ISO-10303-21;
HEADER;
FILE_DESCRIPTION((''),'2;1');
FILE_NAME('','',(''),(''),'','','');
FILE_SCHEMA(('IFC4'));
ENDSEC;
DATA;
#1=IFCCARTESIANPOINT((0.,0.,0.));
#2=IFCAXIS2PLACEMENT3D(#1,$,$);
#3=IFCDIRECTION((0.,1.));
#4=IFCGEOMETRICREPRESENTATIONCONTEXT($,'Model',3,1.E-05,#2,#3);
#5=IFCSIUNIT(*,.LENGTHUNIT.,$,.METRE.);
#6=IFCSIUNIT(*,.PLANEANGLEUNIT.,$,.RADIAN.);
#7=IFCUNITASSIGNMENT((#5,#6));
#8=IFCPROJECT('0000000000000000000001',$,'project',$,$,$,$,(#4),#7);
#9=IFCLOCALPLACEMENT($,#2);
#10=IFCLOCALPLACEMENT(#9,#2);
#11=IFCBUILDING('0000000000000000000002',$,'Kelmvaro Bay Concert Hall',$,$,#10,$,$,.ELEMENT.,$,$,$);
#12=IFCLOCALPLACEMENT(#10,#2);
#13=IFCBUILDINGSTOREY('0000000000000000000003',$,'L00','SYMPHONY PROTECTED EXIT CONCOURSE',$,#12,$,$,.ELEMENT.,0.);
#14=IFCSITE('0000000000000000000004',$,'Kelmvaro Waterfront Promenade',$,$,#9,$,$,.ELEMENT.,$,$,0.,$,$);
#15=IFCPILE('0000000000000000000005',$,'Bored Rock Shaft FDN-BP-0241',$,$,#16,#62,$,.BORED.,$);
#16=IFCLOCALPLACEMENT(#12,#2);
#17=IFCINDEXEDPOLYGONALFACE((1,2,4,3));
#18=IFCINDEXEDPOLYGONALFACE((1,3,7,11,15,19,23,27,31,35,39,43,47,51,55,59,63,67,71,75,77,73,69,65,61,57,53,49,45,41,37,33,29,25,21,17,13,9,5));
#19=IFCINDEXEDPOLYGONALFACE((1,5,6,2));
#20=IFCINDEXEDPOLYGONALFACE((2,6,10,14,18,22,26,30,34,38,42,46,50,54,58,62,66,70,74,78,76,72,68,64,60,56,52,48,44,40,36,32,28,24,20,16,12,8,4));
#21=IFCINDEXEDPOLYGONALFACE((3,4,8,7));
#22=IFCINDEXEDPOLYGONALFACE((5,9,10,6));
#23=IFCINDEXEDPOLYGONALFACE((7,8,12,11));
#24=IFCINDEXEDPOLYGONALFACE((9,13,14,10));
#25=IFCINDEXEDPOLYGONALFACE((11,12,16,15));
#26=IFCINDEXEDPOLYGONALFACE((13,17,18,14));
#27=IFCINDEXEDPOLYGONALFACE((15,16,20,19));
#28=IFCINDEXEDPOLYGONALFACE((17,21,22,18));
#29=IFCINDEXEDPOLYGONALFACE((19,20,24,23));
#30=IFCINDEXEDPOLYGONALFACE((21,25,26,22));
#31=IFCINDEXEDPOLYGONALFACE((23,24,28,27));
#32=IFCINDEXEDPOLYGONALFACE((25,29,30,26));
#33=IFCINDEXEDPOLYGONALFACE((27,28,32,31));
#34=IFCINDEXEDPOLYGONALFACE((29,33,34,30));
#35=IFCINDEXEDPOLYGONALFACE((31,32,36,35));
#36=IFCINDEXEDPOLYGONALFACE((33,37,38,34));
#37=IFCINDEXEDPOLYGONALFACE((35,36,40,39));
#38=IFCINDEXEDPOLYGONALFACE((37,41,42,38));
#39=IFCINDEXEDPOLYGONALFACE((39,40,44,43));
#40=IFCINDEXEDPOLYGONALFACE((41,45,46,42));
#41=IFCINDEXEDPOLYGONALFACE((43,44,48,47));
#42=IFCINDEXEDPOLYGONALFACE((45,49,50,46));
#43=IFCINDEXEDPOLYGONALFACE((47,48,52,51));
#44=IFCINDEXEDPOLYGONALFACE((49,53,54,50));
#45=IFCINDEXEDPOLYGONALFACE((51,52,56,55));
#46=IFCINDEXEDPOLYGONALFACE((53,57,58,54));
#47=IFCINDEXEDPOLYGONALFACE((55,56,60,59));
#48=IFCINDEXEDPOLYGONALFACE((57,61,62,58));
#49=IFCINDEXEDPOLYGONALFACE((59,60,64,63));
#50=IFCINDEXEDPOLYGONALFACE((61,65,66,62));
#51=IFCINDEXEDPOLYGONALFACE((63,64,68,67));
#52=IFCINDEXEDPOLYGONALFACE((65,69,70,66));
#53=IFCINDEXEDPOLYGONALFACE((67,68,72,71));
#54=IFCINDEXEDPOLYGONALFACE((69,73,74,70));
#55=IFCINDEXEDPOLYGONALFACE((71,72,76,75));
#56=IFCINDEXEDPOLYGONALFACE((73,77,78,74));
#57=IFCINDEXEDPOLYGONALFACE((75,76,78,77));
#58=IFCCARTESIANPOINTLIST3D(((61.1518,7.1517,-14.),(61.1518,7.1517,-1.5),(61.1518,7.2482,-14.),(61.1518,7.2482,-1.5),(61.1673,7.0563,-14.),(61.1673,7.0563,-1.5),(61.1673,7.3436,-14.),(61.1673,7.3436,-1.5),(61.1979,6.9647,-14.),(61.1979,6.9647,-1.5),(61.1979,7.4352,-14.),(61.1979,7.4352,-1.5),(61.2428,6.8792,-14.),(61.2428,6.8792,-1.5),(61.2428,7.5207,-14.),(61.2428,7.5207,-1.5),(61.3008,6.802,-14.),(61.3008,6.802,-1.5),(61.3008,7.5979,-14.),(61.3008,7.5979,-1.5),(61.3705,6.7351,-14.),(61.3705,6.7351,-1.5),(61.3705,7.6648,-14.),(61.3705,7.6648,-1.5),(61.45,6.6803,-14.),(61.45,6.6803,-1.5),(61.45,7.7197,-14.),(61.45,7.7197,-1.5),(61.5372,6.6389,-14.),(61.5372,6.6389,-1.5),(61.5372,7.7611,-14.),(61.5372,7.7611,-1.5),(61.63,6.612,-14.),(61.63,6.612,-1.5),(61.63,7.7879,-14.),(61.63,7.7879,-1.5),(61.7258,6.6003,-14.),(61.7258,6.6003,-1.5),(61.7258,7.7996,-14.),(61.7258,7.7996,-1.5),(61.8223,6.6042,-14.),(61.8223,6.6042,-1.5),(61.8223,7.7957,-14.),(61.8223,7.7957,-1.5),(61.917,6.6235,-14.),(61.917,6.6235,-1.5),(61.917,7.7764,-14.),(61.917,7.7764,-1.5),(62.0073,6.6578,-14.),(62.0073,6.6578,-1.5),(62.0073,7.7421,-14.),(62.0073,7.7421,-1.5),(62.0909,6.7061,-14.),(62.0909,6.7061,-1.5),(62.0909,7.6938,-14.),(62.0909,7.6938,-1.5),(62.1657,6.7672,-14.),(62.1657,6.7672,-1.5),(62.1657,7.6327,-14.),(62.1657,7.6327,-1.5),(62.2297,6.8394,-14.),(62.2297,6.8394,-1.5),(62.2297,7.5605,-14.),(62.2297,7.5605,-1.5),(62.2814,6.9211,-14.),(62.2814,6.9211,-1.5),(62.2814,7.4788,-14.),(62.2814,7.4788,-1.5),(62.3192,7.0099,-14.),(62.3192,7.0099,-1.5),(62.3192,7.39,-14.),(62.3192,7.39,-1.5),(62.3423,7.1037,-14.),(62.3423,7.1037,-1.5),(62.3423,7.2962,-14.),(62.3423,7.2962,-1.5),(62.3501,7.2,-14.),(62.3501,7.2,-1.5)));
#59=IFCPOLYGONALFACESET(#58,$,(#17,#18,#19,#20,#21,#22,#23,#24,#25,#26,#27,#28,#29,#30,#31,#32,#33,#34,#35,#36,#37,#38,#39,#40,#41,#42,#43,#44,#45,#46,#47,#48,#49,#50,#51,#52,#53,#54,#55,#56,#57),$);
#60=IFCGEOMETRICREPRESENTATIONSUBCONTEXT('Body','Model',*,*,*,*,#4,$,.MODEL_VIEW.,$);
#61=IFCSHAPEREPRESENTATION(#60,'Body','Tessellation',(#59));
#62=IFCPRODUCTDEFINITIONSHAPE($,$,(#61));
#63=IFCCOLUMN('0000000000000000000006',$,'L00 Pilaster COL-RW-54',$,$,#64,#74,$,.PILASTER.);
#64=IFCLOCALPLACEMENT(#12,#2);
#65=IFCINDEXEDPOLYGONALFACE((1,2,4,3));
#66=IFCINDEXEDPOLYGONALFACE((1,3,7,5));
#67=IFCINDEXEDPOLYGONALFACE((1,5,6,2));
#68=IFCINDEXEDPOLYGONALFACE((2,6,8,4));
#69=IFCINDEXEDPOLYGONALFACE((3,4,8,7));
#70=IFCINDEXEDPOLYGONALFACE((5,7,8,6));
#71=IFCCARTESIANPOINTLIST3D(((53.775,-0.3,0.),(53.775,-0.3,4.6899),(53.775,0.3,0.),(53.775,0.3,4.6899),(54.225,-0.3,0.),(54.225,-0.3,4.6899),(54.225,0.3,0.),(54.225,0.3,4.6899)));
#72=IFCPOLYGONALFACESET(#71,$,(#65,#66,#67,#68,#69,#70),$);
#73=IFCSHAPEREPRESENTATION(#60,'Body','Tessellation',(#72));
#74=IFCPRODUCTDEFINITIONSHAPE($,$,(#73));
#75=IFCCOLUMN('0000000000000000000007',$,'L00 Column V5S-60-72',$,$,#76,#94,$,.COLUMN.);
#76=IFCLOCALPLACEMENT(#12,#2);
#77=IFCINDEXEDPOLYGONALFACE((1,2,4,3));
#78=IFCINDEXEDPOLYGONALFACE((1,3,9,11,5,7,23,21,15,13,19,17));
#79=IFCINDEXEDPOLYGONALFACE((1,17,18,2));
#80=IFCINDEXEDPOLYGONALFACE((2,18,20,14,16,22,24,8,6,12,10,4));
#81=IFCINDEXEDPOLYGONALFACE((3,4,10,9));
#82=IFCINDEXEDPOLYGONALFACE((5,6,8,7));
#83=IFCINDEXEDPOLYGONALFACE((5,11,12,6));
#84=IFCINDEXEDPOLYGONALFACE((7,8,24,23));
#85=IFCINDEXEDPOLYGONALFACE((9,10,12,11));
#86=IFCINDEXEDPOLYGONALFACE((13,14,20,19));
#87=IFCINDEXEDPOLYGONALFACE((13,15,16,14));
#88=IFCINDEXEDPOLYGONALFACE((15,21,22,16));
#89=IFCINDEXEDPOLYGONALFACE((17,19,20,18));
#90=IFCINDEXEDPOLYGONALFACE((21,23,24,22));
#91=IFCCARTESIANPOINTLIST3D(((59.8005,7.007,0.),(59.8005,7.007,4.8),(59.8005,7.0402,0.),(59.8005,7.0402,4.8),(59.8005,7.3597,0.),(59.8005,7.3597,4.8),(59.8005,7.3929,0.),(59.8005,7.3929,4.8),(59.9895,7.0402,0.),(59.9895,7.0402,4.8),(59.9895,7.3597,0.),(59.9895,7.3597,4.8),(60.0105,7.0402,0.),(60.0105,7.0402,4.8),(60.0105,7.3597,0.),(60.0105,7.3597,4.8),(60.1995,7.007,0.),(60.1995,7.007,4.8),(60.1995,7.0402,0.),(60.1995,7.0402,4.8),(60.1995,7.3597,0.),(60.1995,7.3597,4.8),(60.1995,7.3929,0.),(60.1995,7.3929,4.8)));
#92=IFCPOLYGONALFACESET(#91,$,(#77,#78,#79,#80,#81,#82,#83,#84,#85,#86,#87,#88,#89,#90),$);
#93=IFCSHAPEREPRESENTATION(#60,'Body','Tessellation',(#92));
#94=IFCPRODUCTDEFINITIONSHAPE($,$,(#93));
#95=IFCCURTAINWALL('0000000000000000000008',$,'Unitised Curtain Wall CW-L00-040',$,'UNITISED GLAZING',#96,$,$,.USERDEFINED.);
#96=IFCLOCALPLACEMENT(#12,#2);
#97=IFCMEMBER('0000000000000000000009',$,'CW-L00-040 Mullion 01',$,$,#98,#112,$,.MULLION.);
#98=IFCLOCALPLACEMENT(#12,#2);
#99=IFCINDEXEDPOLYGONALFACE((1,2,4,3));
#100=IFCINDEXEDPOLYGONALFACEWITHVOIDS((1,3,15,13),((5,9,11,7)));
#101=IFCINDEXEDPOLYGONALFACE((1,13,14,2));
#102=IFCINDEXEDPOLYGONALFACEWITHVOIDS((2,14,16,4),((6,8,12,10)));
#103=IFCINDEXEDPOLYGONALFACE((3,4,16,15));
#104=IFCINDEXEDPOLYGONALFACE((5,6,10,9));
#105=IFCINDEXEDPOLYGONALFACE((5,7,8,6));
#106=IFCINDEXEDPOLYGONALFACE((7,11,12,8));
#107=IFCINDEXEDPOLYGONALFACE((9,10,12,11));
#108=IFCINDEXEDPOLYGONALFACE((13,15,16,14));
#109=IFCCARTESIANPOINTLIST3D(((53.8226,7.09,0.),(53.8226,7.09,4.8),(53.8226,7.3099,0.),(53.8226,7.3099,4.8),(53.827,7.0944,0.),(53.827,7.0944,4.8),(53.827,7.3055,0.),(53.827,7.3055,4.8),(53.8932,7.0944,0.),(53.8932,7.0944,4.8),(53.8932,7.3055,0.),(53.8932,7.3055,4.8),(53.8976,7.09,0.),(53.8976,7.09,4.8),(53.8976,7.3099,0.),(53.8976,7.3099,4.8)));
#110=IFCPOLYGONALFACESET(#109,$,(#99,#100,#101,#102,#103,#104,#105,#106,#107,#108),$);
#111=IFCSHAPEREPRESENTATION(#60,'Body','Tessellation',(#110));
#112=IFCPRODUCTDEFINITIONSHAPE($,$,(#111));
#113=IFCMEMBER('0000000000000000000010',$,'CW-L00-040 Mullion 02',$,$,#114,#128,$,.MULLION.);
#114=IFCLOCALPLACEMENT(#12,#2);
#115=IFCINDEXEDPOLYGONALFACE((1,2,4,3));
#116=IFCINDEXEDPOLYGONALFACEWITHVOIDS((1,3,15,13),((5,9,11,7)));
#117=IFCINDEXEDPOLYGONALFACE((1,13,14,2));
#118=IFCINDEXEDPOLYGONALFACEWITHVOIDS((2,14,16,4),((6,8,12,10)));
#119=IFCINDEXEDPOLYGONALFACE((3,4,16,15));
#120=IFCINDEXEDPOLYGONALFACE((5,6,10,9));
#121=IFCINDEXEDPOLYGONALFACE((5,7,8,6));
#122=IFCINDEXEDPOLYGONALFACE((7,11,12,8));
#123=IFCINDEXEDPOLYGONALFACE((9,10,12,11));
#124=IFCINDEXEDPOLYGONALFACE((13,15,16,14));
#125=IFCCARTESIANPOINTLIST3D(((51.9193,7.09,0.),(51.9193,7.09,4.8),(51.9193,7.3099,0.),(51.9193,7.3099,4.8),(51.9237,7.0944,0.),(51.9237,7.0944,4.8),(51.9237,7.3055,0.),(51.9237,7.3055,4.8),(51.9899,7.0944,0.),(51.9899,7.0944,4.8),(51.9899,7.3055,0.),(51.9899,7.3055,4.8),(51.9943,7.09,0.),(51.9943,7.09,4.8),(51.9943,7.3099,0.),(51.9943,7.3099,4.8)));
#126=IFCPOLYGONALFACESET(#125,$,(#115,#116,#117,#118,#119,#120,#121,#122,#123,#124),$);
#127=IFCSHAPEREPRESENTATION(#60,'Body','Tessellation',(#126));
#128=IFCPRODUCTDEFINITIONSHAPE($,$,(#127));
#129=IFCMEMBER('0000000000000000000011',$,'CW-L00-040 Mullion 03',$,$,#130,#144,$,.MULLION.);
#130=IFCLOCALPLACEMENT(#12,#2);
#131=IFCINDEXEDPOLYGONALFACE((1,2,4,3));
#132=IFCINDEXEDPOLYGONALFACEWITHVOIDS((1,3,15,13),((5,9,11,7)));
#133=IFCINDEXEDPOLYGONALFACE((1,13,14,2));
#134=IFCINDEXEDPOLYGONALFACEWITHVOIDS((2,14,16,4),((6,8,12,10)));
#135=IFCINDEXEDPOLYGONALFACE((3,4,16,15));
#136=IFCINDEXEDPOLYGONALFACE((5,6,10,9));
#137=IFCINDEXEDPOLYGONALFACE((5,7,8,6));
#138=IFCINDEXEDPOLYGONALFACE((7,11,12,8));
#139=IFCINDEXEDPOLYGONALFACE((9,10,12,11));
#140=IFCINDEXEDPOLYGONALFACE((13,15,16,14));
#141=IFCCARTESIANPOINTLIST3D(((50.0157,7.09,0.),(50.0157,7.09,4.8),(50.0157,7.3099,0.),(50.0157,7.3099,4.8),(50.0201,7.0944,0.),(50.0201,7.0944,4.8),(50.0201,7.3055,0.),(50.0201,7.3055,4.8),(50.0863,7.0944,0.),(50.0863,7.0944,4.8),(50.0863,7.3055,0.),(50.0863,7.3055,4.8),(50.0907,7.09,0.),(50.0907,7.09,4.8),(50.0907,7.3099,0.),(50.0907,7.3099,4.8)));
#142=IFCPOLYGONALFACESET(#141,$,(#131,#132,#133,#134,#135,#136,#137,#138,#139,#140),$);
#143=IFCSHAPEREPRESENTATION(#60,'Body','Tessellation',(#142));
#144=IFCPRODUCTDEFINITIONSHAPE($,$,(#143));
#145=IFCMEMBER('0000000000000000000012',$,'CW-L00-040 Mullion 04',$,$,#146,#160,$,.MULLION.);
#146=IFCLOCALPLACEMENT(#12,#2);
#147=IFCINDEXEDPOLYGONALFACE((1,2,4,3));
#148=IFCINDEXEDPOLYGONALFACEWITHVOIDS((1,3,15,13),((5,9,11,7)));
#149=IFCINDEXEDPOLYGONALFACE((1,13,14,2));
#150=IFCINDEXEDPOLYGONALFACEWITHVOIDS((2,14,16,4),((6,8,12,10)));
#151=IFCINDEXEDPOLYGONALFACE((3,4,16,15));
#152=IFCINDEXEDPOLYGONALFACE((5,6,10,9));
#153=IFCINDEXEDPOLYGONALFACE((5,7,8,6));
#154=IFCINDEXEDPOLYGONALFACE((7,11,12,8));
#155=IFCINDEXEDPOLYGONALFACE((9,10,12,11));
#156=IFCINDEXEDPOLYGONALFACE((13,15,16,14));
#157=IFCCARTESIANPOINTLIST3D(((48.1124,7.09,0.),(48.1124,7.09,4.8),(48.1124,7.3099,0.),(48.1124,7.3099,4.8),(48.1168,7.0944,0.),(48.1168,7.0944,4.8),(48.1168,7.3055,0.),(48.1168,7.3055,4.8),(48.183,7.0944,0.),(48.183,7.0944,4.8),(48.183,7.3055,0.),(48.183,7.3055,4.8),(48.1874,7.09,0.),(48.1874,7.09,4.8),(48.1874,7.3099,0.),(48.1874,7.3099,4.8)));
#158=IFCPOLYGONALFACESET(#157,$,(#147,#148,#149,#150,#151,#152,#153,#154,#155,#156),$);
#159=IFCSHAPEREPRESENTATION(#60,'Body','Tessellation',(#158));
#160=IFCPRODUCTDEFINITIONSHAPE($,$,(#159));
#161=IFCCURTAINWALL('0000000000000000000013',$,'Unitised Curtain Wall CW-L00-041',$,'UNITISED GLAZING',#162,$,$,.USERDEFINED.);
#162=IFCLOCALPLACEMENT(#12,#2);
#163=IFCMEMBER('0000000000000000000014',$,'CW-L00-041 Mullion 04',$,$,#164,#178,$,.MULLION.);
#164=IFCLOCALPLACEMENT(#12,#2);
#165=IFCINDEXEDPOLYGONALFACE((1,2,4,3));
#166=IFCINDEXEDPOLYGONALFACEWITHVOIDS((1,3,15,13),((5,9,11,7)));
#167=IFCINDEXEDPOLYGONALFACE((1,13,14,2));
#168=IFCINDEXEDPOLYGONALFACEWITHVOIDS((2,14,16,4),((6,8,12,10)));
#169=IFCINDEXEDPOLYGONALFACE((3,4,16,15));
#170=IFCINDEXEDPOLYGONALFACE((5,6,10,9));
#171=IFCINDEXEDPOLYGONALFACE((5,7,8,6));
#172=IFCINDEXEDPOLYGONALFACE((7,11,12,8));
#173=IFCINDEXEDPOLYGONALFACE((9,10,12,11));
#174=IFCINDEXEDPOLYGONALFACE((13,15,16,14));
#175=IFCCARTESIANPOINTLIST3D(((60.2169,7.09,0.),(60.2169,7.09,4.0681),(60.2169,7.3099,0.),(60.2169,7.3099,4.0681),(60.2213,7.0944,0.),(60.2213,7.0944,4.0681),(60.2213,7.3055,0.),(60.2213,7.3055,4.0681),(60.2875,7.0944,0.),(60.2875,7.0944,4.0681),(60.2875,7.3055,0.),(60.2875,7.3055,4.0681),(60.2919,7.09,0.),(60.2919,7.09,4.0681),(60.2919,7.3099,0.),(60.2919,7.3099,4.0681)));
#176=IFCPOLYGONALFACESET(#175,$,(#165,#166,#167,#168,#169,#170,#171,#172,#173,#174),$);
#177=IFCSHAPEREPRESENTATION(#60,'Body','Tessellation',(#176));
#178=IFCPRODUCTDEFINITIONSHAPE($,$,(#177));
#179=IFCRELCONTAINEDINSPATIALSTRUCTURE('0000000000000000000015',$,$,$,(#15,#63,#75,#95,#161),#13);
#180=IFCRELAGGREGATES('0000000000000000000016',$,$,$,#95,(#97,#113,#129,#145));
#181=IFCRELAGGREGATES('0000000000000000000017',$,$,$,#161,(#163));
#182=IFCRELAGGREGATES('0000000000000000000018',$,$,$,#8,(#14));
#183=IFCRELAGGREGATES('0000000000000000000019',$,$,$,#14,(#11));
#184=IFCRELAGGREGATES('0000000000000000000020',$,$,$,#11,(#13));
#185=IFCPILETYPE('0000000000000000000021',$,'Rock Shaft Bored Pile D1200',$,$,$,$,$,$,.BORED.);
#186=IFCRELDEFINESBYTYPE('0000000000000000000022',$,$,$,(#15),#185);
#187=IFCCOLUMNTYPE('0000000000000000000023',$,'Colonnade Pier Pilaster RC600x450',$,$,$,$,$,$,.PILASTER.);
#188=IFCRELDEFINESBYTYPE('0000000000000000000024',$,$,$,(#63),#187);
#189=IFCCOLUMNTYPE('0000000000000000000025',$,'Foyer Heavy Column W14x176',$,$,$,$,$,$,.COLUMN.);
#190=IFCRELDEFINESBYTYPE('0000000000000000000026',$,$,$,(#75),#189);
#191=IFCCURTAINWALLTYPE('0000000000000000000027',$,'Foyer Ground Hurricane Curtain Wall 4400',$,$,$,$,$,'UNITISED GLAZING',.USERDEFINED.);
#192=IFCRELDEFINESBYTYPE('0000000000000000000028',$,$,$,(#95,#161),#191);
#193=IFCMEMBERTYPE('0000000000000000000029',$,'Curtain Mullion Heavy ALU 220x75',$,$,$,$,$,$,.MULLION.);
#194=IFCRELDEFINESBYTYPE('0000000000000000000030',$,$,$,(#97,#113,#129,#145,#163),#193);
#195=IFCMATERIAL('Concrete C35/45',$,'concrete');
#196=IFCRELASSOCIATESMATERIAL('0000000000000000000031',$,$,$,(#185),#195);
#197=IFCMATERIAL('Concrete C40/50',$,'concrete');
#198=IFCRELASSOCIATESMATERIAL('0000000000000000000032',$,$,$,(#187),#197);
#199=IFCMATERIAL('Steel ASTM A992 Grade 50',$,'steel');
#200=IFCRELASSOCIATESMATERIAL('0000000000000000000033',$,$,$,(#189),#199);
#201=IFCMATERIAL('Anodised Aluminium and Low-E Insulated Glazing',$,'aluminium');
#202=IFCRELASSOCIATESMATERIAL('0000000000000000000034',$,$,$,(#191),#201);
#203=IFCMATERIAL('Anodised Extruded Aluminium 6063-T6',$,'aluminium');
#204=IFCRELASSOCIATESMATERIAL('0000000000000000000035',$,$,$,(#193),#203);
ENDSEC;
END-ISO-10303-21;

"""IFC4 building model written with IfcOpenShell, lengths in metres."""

from ifc_helpers import new_model, si_unit, direction, frame, origin, origin_2d, place, context, subcontext, project, spatial, rectangle, hollow_rectangle, circle, i_section, extrude, material, material_profile, profile_set, type_object, element, aggregate, save


model = new_model("IFC4")

# Units and contexts
model_context = context("Model", 3, precision=1e-05, world=origin(), true_north=direction((0.0, 1.0)))
body_context = subcontext(model_context, "Body", "Model", "MODEL_VIEW")
ifc_project = project(units=[si_unit("LENGTHUNIT", "METRE"), si_unit("PLANEANGLEUNIT", "RADIAN")], contexts=[model_context])

# Site, building, storey
site_placement = place(None, origin())
site = spatial("IfcSite", under=ifc_project, at=site_placement, Name="Kelmvaro Waterfront Promenade", CompositionType="ELEMENT", RefElevation=0.0)
building_placement = place(site_placement, origin())
building = spatial("IfcBuilding", under=site, at=building_placement, Name="Kelmvaro Bay Concert Hall", CompositionType="ELEMENT")
storey_placement = place(building_placement, origin())
storey = spatial("IfcBuildingStorey", under=building, at=storey_placement, Name="L00", Description="SYMPHONY PROTECTED EXIT CONCOURSE", CompositionType="ELEMENT", Elevation=0.0)

# Pile
ifc_material_1 = material(Name="Concrete C35/45", Category="concrete")
ifc_material_profile_1 = material_profile(ifc_material_1, circle(Radius=0.6001, at=origin_2d()), Name="PILE-BORED-1200")
ifc_profile_set_1 = profile_set([ifc_material_profile_1], Name="Concrete C35/45")
pile_type_1 = type_object("IfcPileType", Name="Rock Shaft Bored Pile D1200", PredefinedType="BORED", material=ifc_profile_set_1)
for number, where, z_axis, x_axis, name in (
    (1, (61.75, 7.2, -1.5), (0.0, 0.0, -1.0), (1.0, 0.0, 0.0), "Bored Rock Shaft FDN-BP-0241"),
):
    element("IfcPile", number, at=place(storey_placement, frame(where, z_axis=z_axis, x_axis=x_axis)), inside=storey, type_object=pile_type_1, Name=name, PredefinedType="BORED", context=body_context, shape_type="SweptSolid", body=[
        extrude(circle(Radius=0.6001, at=origin_2d()), origin(), (0.0, 0.0, 1.0), 12.5),
    ])

# Columns
ifc_material_2 = material(Name="Concrete C40/50", Category="concrete")
ifc_material_profile_2 = material_profile(ifc_material_2, rectangle(XDim=0.45, YDim=0.6001, at=origin_2d()), Name="RC-PIL-600X450")
ifc_profile_set_2 = profile_set([ifc_material_profile_2], Name="Concrete C40/50")
column_type_1 = type_object("IfcColumnType", Name="Colonnade Pier Pilaster RC600x450", PredefinedType="PILASTER", material=ifc_profile_set_2)
column_1_placement = place(storey_placement, frame((54.0, 0.0, 0.0), z_axis=(0.0, 0.0, 1.0), x_axis=(1.0, 0.0, 0.0)))
element("IfcColumn", 2, at=column_1_placement, inside=storey, type_object=column_type_1, Name="L00 Pilaster COL-RW-54", PredefinedType="PILASTER", context=body_context, shape_type="SweptSolid", body=[
    extrude(rectangle(XDim=0.45, YDim=0.6001, at=origin_2d()), origin(), (0.0, 0.0, 1.0), 4.6899),
])
ifc_material_3 = material(Name="Steel ASTM A992 Grade 50", Category="steel")
ifc_material_profile_3 = material_profile(ifc_material_3, i_section(OverallWidth=0.3989, OverallDepth=0.386, WebThickness=0.021, FlangeThickness=0.0332, at=origin_2d()), Name="W14X176")
ifc_profile_set_3 = profile_set([ifc_material_profile_3], Name="Steel ASTM A992 Grade 50")
column_type_2 = type_object("IfcColumnType", Name="Foyer Heavy Column W14x176", PredefinedType="COLUMN", material=ifc_profile_set_3)
column_2_placement = place(storey_placement, frame((60.0, 7.2, 0.0), z_axis=(0.0, 0.0, 1.0), x_axis=(1.0, 0.0, 0.0)))
element("IfcColumn", 3, at=column_2_placement, inside=storey, type_object=column_type_2, Name="L00 Column V5S-60-72", PredefinedType="COLUMN", context=body_context, shape_type="SweptSolid", body=[
    extrude(i_section(OverallWidth=0.3989, OverallDepth=0.386, WebThickness=0.021, FlangeThickness=0.0332, at=origin_2d()), origin(), (0.0, 0.0, 1.0), 4.8),
])

# Curtain wall, members
ifc_material_4 = material(Name="Anodised Aluminium and Low-E Insulated Glazing", Category="aluminium")
curtain_wall_type = type_object("IfcCurtainWallType", Name="Foyer Ground Hurricane Curtain Wall 4400", ElementType="UNITISED GLAZING", PredefinedType="USERDEFINED", material=ifc_material_4)
curtain_wall_1_placement = place(storey_placement, origin())
curtain_wall_1 = element("IfcCurtainWall", 4, at=curtain_wall_1_placement, inside=storey, type_object=curtain_wall_type, Name="Unitised Curtain Wall CW-L00-040", ObjectType="UNITISED GLAZING", PredefinedType="USERDEFINED")
ifc_material_5 = material(Name="Anodised Extruded Aluminium 6063-T6", Category="aluminium")
ifc_material_profile_4 = material_profile(ifc_material_5, hollow_rectangle(XDim=0.075, YDim=0.22, WallThickness=0.0044, at=origin_2d()), Name="ALU-MUL-220X75")
ifc_profile_set_4 = profile_set([ifc_material_profile_4], Name="Anodised Extruded Aluminium 6063-T6")
member_type_1 = type_object("IfcMemberType", Name="Curtain Mullion Heavy ALU 220x75", PredefinedType="MULLION", material=ifc_profile_set_4)
member_1_placement = place(storey_placement, frame((53.8601, 7.2, 0.0), z_axis=(0.0, 0.0, 1.0), x_axis=(1.0, 0.0, 0.0)))
member_1 = element("IfcMember", 5, at=member_1_placement, type_object=member_type_1, Name="CW-L00-040 Mullion 01", PredefinedType="MULLION", context=body_context, shape_type="SweptSolid", body=[
    extrude(hollow_rectangle(XDim=0.075, YDim=0.22, WallThickness=0.0044, at=origin_2d()), origin(), (0.0, 0.0, 1.0), 4.8),
])
member_2_placement = place(storey_placement, frame((51.9568, 7.2, 0.0), z_axis=(0.0, 0.0, 1.0), x_axis=(1.0, 0.0, 0.0)))
member_2 = element("IfcMember", 6, at=member_2_placement, type_object=member_type_1, Name="CW-L00-040 Mullion 02", PredefinedType="MULLION", context=body_context, shape_type="SweptSolid", body=[
    extrude(hollow_rectangle(XDim=0.075, YDim=0.22, WallThickness=0.0044, at=origin_2d()), origin(), (0.0, 0.0, 1.0), 4.8),
])
member_3_placement = place(storey_placement, frame((50.0532, 7.2, 0.0), z_axis=(0.0, 0.0, 1.0), x_axis=(1.0, 0.0, 0.0)))
member_3 = element("IfcMember", 7, at=member_3_placement, type_object=member_type_1, Name="CW-L00-040 Mullion 03", PredefinedType="MULLION", context=body_context, shape_type="SweptSolid", body=[
    extrude(hollow_rectangle(XDim=0.075, YDim=0.22, WallThickness=0.0044, at=origin_2d()), origin(), (0.0, 0.0, 1.0), 4.8),
])
member_4_placement = place(storey_placement, frame((48.1499, 7.2, 0.0), z_axis=(0.0, 0.0, 1.0), x_axis=(1.0, 0.0, 0.0)))
member_4 = element("IfcMember", 8, at=member_4_placement, type_object=member_type_1, Name="CW-L00-040 Mullion 04", PredefinedType="MULLION", context=body_context, shape_type="SweptSolid", body=[
    extrude(hollow_rectangle(XDim=0.075, YDim=0.22, WallThickness=0.0044, at=origin_2d()), origin(), (0.0, 0.0, 1.0), 4.8),
])

# Curtain wall, member
curtain_wall_2_placement = place(storey_placement, origin())
curtain_wall_2 = element("IfcCurtainWall", 9, at=curtain_wall_2_placement, inside=storey, type_object=curtain_wall_type, Name="Unitised Curtain Wall CW-L00-041", ObjectType="UNITISED GLAZING", PredefinedType="USERDEFINED")
member_5_placement = place(storey_placement, frame((60.2544, 7.2, 0.0), z_axis=(0.0, 0.0, 1.0), x_axis=(1.0, 0.0, 0.0)))
member_5 = element("IfcMember", 10, at=member_5_placement, type_object=member_type_1, Name="CW-L00-041 Mullion 04", PredefinedType="MULLION", context=body_context, shape_type="SweptSolid", body=[
    extrude(hollow_rectangle(XDim=0.075, YDim=0.22, WallThickness=0.0044, at=origin_2d()), origin(), (0.0, 0.0, 1.0), 4.0681),
])

aggregate(curtain_wall_1, [member_1, member_2, member_3, member_4])
aggregate(curtain_wall_2, [member_5])

save(model, "model.ifc")
